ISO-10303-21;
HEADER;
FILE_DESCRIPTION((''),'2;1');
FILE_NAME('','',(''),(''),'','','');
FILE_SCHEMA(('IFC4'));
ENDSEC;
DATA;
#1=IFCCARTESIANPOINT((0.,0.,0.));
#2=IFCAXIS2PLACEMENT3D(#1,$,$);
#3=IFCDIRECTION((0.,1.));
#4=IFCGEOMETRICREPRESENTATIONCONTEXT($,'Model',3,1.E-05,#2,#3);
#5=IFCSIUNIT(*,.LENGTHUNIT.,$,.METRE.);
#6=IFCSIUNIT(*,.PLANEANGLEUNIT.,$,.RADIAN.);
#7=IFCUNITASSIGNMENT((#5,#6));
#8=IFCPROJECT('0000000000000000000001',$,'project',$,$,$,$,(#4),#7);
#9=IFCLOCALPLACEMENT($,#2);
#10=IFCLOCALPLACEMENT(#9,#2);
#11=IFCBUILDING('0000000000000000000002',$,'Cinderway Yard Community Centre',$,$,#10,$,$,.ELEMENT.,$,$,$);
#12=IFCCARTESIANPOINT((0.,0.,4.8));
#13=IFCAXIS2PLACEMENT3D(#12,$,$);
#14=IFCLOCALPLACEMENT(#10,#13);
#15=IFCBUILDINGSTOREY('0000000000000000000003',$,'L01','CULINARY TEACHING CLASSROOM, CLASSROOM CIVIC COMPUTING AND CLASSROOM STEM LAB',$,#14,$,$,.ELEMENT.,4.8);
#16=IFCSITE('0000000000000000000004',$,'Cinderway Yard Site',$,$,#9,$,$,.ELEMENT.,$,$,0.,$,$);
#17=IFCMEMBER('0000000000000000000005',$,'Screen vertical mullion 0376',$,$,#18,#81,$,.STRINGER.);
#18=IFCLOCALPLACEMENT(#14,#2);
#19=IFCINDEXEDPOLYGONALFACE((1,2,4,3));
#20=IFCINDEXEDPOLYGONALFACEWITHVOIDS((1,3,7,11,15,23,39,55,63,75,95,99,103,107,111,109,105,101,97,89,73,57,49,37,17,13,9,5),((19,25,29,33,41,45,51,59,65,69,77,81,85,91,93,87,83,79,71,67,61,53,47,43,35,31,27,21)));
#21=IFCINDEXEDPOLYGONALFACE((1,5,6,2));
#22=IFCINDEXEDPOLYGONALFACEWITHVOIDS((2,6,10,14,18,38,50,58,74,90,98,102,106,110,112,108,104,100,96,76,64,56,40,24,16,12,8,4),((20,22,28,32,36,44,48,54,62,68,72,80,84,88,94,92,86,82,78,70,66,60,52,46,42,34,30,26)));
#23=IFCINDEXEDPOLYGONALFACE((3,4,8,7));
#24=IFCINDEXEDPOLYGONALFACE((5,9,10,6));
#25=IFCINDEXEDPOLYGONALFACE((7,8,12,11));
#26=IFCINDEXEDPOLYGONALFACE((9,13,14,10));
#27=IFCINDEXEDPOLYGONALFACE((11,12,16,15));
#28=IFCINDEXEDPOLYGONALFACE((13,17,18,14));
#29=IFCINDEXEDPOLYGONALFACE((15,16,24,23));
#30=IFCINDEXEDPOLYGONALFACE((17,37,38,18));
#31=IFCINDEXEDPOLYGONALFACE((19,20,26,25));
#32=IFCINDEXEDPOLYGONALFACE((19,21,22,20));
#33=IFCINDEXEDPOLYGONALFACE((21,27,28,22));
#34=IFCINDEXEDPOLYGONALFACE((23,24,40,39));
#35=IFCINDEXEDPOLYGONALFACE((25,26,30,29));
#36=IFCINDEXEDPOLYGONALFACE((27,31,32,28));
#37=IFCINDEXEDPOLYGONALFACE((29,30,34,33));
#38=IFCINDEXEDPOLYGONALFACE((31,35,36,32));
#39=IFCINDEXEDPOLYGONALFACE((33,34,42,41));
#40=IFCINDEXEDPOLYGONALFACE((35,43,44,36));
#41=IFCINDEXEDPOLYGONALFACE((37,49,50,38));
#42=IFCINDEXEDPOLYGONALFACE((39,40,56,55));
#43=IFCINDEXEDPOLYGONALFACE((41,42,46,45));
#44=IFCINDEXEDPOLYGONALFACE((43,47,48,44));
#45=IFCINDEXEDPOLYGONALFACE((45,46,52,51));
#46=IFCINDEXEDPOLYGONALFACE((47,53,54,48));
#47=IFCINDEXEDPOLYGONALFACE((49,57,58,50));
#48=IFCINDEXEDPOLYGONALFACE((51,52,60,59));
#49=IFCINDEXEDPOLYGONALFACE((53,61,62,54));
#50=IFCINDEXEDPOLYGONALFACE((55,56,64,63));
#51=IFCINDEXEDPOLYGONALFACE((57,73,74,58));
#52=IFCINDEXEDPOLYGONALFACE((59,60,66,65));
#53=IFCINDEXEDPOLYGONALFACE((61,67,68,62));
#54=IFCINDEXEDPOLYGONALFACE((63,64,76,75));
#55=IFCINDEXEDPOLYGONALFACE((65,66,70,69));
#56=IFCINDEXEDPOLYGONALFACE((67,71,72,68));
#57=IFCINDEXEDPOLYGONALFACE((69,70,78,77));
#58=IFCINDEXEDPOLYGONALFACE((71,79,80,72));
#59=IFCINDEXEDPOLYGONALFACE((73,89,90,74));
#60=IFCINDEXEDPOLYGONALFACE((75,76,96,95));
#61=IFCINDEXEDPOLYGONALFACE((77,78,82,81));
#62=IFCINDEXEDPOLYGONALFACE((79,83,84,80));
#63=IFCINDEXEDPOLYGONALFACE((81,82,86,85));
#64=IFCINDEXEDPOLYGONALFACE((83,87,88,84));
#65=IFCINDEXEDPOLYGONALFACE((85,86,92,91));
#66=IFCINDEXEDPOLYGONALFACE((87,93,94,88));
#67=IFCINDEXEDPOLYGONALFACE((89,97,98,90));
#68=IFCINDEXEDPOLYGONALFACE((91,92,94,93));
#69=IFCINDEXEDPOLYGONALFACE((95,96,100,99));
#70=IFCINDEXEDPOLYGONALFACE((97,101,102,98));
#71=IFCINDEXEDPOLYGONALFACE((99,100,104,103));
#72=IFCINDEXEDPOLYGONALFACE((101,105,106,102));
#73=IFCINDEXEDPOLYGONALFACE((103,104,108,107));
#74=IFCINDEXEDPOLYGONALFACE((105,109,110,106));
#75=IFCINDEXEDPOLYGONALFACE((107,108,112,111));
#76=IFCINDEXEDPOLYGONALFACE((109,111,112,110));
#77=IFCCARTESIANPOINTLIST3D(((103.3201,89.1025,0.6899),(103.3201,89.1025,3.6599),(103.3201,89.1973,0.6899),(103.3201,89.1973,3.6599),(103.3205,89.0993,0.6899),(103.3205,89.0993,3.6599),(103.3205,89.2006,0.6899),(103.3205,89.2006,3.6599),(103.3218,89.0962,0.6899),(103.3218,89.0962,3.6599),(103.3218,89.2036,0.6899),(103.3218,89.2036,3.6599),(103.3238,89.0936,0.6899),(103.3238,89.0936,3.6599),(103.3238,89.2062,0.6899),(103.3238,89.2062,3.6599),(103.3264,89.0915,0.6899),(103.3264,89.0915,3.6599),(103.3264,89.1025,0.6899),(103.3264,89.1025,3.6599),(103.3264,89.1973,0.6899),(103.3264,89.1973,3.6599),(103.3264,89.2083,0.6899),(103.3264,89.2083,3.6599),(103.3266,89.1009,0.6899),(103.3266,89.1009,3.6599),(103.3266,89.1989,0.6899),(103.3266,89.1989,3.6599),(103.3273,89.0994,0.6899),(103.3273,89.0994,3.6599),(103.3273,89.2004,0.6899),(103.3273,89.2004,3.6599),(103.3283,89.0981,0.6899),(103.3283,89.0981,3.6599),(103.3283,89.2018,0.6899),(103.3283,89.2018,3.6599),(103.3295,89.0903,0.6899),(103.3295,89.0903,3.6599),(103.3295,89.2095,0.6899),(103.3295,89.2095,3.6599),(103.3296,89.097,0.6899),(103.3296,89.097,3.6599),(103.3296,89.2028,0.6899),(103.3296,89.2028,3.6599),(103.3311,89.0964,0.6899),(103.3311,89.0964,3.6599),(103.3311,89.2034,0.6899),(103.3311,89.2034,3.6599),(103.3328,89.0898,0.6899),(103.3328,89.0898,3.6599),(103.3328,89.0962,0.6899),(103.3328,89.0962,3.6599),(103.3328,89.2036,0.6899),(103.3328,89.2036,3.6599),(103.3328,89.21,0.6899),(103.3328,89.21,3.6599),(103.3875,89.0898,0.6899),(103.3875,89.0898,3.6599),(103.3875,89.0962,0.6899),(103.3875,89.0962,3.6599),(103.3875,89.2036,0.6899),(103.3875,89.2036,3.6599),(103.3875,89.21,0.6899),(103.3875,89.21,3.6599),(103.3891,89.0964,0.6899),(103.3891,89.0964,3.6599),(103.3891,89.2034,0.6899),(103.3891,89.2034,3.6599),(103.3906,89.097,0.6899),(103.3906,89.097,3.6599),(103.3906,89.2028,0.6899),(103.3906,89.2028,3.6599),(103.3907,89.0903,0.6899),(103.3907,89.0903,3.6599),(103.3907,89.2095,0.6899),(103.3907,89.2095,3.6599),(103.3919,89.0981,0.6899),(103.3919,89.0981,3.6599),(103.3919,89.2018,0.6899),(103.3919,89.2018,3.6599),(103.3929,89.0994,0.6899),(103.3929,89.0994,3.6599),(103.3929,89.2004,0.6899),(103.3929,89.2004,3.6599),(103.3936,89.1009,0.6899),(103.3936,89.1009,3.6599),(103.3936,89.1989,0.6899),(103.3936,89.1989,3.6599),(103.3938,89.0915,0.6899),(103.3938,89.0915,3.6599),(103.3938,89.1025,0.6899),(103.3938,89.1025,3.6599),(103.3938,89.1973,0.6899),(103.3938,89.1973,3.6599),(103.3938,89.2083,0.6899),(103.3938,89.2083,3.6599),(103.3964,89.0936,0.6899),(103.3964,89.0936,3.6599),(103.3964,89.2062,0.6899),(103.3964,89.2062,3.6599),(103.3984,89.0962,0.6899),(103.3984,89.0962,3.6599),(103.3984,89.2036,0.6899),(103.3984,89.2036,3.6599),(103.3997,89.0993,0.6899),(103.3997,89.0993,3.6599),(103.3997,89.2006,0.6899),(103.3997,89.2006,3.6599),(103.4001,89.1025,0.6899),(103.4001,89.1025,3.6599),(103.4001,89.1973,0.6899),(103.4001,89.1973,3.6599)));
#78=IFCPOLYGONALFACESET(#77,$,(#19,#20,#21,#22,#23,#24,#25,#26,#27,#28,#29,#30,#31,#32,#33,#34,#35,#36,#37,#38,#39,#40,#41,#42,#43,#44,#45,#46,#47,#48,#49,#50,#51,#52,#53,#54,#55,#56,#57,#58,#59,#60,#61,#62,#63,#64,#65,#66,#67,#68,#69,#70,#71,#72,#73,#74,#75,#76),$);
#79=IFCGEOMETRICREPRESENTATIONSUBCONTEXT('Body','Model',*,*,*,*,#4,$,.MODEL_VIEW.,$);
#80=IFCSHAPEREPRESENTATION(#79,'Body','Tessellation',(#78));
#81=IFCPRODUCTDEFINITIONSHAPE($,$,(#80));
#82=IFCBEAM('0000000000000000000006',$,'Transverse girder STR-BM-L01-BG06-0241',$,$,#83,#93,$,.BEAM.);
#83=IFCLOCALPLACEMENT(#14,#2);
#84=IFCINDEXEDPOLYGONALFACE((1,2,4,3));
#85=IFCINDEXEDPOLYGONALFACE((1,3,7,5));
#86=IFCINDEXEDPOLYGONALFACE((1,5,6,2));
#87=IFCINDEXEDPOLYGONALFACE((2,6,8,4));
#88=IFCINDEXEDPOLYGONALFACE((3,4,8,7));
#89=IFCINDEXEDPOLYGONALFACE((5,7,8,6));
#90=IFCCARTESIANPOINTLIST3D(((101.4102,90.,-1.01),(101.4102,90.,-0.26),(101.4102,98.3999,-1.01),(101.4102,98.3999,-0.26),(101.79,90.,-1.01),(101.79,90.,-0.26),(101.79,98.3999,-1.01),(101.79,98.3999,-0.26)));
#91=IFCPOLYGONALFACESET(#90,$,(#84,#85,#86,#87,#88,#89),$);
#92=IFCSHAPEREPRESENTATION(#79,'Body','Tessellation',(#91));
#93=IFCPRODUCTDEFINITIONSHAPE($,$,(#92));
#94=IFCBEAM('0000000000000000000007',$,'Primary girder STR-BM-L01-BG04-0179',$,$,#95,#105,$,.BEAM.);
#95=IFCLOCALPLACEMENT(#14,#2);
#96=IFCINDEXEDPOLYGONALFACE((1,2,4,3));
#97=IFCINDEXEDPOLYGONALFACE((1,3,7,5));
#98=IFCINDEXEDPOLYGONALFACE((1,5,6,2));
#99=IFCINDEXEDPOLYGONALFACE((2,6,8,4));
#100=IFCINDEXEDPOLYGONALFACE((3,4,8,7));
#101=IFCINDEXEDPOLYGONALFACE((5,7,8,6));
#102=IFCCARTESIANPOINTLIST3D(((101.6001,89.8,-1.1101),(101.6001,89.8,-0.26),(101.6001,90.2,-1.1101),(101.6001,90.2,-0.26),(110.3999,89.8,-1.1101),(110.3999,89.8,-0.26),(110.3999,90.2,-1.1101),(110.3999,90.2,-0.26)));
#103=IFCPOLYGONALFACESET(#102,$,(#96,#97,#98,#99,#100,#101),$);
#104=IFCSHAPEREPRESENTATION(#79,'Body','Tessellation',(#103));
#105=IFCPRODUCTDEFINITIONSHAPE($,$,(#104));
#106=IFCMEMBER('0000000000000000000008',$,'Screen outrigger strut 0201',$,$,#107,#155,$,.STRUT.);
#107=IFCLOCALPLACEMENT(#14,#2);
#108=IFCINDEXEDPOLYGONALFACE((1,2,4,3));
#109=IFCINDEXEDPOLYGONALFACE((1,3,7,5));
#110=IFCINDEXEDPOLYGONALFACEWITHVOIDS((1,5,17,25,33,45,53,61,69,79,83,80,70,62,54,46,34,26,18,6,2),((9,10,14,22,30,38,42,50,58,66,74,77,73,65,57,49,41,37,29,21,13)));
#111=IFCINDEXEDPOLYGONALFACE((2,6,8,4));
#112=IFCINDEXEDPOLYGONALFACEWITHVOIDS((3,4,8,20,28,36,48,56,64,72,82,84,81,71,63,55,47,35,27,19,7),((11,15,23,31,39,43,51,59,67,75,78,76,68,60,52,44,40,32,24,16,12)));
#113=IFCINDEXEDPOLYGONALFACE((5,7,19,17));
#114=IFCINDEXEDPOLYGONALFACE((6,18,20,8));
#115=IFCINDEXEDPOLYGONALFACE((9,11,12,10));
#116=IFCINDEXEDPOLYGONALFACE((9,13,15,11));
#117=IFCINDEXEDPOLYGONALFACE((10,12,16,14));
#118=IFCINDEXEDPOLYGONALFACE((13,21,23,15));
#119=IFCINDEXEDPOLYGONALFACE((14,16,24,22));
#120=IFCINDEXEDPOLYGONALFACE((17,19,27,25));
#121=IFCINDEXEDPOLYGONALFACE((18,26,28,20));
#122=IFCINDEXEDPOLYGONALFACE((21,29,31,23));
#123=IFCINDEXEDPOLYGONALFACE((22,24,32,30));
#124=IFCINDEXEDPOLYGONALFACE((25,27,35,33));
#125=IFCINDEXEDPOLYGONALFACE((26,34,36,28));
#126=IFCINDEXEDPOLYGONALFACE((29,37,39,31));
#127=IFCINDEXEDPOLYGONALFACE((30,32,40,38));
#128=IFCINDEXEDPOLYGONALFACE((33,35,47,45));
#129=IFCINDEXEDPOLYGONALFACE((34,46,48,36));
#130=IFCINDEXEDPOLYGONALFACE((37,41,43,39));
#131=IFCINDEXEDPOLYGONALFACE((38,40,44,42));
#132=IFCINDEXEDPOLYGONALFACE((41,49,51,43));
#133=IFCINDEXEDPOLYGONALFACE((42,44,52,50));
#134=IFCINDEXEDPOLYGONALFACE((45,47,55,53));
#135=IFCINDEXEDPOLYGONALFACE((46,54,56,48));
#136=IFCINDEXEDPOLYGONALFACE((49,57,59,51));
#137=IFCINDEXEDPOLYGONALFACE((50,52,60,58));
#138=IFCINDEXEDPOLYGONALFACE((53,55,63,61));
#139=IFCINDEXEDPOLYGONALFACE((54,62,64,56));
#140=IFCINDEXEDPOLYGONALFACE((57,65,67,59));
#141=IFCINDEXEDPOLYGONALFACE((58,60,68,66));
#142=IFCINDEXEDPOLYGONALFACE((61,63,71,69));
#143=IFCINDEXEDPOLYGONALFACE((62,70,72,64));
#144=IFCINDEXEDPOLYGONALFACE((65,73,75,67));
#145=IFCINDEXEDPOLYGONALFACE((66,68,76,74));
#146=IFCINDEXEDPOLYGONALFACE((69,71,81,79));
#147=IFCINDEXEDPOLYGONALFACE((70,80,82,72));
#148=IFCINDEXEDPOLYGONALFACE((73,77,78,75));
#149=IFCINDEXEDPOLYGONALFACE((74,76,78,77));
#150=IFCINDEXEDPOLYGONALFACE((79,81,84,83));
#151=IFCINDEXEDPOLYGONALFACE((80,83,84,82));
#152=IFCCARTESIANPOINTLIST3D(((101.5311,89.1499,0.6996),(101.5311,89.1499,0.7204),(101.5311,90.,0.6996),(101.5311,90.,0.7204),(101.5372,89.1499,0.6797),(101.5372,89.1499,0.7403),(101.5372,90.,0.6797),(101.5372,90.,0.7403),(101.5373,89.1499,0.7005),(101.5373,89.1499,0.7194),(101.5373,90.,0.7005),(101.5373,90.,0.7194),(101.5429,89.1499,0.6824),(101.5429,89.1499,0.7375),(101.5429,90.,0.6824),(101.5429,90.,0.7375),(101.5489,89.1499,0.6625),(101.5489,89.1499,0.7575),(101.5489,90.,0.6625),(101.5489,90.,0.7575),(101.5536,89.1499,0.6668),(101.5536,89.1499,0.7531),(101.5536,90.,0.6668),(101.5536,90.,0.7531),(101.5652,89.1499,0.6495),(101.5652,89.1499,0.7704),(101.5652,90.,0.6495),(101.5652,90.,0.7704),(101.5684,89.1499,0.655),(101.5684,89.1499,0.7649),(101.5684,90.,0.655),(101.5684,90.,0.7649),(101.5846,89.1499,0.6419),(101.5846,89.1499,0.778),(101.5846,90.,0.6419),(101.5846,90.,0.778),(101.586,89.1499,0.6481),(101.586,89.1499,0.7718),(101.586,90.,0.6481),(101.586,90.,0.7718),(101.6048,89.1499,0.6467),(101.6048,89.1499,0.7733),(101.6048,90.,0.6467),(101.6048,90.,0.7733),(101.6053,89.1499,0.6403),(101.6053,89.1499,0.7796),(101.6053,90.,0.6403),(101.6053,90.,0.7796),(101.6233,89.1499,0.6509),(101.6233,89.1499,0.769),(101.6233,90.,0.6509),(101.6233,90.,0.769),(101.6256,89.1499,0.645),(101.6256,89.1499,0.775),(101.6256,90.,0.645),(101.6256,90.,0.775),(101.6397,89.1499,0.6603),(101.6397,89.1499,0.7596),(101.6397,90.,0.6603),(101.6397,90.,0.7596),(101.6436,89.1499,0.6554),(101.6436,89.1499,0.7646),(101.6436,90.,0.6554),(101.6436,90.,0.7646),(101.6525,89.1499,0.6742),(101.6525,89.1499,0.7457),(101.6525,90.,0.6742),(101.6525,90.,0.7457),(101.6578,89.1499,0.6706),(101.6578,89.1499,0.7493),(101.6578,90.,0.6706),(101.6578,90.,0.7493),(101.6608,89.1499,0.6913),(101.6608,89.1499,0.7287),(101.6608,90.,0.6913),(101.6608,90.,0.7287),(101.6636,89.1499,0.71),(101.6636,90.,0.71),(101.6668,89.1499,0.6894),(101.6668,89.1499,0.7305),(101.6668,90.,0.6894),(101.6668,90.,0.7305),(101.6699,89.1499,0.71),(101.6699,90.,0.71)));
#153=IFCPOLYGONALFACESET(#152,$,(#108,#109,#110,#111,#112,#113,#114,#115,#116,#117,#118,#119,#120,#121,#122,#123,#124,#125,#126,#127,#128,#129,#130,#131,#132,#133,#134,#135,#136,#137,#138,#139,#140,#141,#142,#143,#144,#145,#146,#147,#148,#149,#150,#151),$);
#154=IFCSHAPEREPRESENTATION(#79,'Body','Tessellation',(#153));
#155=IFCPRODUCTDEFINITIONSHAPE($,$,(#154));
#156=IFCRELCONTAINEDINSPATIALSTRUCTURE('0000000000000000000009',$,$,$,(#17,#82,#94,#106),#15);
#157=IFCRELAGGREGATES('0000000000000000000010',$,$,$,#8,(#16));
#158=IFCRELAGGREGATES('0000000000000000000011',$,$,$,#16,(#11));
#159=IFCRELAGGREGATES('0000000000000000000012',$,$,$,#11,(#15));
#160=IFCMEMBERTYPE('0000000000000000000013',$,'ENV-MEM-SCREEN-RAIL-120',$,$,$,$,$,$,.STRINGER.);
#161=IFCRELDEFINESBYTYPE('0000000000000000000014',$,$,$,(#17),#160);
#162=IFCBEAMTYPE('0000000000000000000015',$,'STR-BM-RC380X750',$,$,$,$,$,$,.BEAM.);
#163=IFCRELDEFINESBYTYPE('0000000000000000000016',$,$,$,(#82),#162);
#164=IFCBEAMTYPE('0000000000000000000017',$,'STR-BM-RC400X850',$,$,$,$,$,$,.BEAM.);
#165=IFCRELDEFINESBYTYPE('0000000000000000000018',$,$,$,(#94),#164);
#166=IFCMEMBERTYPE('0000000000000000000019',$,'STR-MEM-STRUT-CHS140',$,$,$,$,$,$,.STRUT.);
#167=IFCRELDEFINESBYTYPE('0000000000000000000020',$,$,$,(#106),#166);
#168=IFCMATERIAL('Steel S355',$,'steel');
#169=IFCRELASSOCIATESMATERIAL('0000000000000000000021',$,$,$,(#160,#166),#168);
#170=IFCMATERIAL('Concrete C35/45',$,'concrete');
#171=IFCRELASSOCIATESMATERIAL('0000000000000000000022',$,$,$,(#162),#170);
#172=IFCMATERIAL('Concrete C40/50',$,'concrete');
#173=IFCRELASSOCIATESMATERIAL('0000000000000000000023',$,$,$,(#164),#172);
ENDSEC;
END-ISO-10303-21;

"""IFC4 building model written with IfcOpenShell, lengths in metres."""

from ifc_helpers import new_model, si_unit, direction, frame, origin, origin_2d, place, context, subcontext, project, spatial, rectangle, hollow_rectangle, hollow_circle, extrude, material, material_profile, profile_set, type_object, element, save


model = new_model("IFC4")

# Units and contexts
model_context = context("Model", 3, precision=1e-05, world=origin(), true_north=direction((0.0, 1.0)))
body_context = subcontext(model_context, "Body", "Model", "MODEL_VIEW")
ifc_project = project(units=[si_unit("LENGTHUNIT", "METRE"), si_unit("PLANEANGLEUNIT", "RADIAN")], contexts=[model_context])

# Site, building, storey
site_placement = place(None, origin())
site = spatial("IfcSite", under=ifc_project, at=site_placement, Name="Cinderway Yard Site", CompositionType="ELEMENT", RefElevation=0.0)
building_placement = place(site_placement, origin())
building = spatial("IfcBuilding", under=site, at=building_placement, Name="Cinderway Yard Community Centre", CompositionType="ELEMENT")
storey_placement = place(building_placement, frame((0.0, 0.0, 4.8)))
storey = spatial("IfcBuildingStorey", under=building, at=storey_placement, Name="L01", Description="CULINARY TEACHING CLASSROOM, CLASSROOM CIVIC COMPUTING AND CLASSROOM STEM LAB", CompositionType="ELEMENT", Elevation=4.8)

# Shared definitions
ifc_material_1 = material(Name="Concrete C40/50", Category="concrete")

# Member
ifc_material_2 = material(Name="Steel S355", Category="steel")
ifc_material_profile_1 = material_profile(ifc_material_2, hollow_rectangle(XDim=0.0801, YDim=0.1201, WallThickness=0.0063, InnerFilletRadius=0.0063, OuterFilletRadius=0.0127, at=origin_2d()), Name="Steel S355")
ifc_profile_set_1 = profile_set([ifc_material_profile_1], Name="Steel S355")
member_type_1 = type_object("IfcMemberType", Name="ENV-MEM-SCREEN-RAIL-120", PredefinedType="STRINGER", material=ifc_profile_set_1)
member_1_placement = place(storey_placement, frame((103.3601, 89.1499, 0.6899), z_axis=(0.0, 0.0, 1.0), x_axis=(1.0, 0.0, 0.0)))
element("IfcMember", 1, at=member_1_placement, inside=storey, type_object=member_type_1, Name="Screen vertical mullion 0376", PredefinedType="STRINGER", context=body_context, shape_type="SweptSolid", body=[
    extrude(hollow_rectangle(XDim=0.0801, YDim=0.1201, WallThickness=0.0063, InnerFilletRadius=0.0063, OuterFilletRadius=0.0127, at=origin_2d()), origin(), (0.0, 0.0, 1.0), 2.97),
])

# Beams
ifc_material_3 = material(Name="Concrete C35/45", Category="concrete")
ifc_material_profile_2 = material_profile(ifc_material_3, rectangle(XDim=0.3799, YDim=0.75, at=origin_2d()), Name="Concrete C35/45")
ifc_profile_set_2 = profile_set([ifc_material_profile_2], Name="Concrete C35/45")
beam_type_1 = type_object("IfcBeamType", Name="STR-BM-RC380X750", PredefinedType="BEAM", material=ifc_profile_set_2)
beam_1_placement = place(storey_placement, frame((101.6001, 90.0, -0.635), z_axis=(0.0, 1.0, 0.0), x_axis=(-1.0, 0.0, 0.0)))
element("IfcBeam", 2, at=beam_1_placement, inside=storey, type_object=beam_type_1, Name="Transverse girder STR-BM-L01-BG06-0241", PredefinedType="BEAM", context=body_context, shape_type="SweptSolid", body=[
    extrude(rectangle(XDim=0.3799, YDim=0.75, at=origin_2d()), origin(), (0.0, 0.0, 1.0), 8.3999),
])
ifc_material_profile_3 = material_profile(ifc_material_1, rectangle(XDim=0.3999, YDim=0.8501, at=origin_2d()), Name="Concrete C40/50")
ifc_profile_set_3 = profile_set([ifc_material_profile_3], Name="Concrete C40/50")
beam_type_2 = type_object("IfcBeamType", Name="STR-BM-RC400X850", PredefinedType="BEAM", material=ifc_profile_set_3)
beam_2_placement = place(storey_placement, frame((101.6001, 90.0, -0.6851), z_axis=(1.0, 0.0, 0.0), x_axis=(0.0, 1.0, 0.0)))
element("IfcBeam", 3, at=beam_2_placement, inside=storey, type_object=beam_type_2, Name="Primary girder STR-BM-L01-BG04-0179", PredefinedType="BEAM", context=body_context, shape_type="SweptSolid", body=[
    extrude(rectangle(XDim=0.3999, YDim=0.8501, at=origin_2d()), origin(), (0.0, 0.0, 1.0), 8.7998),
])

# Member
ifc_material_profile_4 = material_profile(ifc_material_2, hollow_circle(Radius=0.0698, WallThickness=0.0063, at=origin_2d()), Name="Steel S355")
ifc_profile_set_4 = profile_set([ifc_material_profile_4], Name="Steel S355")
member_type_2 = type_object("IfcMemberType", Name="STR-MEM-STRUT-CHS140", PredefinedType="STRUT", material=ifc_profile_set_4)
for number, where, z_axis, x_axis, name in (
    (4, (101.6001, 90.0, 0.71), (0.0, -1.0, 0.0), (1.0, 0.0, 0.0), "Screen outrigger strut 0201"),
):
    element("IfcMember", number, at=place(storey_placement, frame(where, z_axis=z_axis, x_axis=x_axis)), inside=storey, type_object=member_type_2, Name=name, PredefinedType="STRUT", context=body_context, shape_type="SweptSolid", body=[
        extrude(hollow_circle(Radius=0.0698, WallThickness=0.0063, at=origin_2d()), origin(), (0.0, 0.0, 1.0), 0.8501),
    ])

save(model, "model.ifc")
